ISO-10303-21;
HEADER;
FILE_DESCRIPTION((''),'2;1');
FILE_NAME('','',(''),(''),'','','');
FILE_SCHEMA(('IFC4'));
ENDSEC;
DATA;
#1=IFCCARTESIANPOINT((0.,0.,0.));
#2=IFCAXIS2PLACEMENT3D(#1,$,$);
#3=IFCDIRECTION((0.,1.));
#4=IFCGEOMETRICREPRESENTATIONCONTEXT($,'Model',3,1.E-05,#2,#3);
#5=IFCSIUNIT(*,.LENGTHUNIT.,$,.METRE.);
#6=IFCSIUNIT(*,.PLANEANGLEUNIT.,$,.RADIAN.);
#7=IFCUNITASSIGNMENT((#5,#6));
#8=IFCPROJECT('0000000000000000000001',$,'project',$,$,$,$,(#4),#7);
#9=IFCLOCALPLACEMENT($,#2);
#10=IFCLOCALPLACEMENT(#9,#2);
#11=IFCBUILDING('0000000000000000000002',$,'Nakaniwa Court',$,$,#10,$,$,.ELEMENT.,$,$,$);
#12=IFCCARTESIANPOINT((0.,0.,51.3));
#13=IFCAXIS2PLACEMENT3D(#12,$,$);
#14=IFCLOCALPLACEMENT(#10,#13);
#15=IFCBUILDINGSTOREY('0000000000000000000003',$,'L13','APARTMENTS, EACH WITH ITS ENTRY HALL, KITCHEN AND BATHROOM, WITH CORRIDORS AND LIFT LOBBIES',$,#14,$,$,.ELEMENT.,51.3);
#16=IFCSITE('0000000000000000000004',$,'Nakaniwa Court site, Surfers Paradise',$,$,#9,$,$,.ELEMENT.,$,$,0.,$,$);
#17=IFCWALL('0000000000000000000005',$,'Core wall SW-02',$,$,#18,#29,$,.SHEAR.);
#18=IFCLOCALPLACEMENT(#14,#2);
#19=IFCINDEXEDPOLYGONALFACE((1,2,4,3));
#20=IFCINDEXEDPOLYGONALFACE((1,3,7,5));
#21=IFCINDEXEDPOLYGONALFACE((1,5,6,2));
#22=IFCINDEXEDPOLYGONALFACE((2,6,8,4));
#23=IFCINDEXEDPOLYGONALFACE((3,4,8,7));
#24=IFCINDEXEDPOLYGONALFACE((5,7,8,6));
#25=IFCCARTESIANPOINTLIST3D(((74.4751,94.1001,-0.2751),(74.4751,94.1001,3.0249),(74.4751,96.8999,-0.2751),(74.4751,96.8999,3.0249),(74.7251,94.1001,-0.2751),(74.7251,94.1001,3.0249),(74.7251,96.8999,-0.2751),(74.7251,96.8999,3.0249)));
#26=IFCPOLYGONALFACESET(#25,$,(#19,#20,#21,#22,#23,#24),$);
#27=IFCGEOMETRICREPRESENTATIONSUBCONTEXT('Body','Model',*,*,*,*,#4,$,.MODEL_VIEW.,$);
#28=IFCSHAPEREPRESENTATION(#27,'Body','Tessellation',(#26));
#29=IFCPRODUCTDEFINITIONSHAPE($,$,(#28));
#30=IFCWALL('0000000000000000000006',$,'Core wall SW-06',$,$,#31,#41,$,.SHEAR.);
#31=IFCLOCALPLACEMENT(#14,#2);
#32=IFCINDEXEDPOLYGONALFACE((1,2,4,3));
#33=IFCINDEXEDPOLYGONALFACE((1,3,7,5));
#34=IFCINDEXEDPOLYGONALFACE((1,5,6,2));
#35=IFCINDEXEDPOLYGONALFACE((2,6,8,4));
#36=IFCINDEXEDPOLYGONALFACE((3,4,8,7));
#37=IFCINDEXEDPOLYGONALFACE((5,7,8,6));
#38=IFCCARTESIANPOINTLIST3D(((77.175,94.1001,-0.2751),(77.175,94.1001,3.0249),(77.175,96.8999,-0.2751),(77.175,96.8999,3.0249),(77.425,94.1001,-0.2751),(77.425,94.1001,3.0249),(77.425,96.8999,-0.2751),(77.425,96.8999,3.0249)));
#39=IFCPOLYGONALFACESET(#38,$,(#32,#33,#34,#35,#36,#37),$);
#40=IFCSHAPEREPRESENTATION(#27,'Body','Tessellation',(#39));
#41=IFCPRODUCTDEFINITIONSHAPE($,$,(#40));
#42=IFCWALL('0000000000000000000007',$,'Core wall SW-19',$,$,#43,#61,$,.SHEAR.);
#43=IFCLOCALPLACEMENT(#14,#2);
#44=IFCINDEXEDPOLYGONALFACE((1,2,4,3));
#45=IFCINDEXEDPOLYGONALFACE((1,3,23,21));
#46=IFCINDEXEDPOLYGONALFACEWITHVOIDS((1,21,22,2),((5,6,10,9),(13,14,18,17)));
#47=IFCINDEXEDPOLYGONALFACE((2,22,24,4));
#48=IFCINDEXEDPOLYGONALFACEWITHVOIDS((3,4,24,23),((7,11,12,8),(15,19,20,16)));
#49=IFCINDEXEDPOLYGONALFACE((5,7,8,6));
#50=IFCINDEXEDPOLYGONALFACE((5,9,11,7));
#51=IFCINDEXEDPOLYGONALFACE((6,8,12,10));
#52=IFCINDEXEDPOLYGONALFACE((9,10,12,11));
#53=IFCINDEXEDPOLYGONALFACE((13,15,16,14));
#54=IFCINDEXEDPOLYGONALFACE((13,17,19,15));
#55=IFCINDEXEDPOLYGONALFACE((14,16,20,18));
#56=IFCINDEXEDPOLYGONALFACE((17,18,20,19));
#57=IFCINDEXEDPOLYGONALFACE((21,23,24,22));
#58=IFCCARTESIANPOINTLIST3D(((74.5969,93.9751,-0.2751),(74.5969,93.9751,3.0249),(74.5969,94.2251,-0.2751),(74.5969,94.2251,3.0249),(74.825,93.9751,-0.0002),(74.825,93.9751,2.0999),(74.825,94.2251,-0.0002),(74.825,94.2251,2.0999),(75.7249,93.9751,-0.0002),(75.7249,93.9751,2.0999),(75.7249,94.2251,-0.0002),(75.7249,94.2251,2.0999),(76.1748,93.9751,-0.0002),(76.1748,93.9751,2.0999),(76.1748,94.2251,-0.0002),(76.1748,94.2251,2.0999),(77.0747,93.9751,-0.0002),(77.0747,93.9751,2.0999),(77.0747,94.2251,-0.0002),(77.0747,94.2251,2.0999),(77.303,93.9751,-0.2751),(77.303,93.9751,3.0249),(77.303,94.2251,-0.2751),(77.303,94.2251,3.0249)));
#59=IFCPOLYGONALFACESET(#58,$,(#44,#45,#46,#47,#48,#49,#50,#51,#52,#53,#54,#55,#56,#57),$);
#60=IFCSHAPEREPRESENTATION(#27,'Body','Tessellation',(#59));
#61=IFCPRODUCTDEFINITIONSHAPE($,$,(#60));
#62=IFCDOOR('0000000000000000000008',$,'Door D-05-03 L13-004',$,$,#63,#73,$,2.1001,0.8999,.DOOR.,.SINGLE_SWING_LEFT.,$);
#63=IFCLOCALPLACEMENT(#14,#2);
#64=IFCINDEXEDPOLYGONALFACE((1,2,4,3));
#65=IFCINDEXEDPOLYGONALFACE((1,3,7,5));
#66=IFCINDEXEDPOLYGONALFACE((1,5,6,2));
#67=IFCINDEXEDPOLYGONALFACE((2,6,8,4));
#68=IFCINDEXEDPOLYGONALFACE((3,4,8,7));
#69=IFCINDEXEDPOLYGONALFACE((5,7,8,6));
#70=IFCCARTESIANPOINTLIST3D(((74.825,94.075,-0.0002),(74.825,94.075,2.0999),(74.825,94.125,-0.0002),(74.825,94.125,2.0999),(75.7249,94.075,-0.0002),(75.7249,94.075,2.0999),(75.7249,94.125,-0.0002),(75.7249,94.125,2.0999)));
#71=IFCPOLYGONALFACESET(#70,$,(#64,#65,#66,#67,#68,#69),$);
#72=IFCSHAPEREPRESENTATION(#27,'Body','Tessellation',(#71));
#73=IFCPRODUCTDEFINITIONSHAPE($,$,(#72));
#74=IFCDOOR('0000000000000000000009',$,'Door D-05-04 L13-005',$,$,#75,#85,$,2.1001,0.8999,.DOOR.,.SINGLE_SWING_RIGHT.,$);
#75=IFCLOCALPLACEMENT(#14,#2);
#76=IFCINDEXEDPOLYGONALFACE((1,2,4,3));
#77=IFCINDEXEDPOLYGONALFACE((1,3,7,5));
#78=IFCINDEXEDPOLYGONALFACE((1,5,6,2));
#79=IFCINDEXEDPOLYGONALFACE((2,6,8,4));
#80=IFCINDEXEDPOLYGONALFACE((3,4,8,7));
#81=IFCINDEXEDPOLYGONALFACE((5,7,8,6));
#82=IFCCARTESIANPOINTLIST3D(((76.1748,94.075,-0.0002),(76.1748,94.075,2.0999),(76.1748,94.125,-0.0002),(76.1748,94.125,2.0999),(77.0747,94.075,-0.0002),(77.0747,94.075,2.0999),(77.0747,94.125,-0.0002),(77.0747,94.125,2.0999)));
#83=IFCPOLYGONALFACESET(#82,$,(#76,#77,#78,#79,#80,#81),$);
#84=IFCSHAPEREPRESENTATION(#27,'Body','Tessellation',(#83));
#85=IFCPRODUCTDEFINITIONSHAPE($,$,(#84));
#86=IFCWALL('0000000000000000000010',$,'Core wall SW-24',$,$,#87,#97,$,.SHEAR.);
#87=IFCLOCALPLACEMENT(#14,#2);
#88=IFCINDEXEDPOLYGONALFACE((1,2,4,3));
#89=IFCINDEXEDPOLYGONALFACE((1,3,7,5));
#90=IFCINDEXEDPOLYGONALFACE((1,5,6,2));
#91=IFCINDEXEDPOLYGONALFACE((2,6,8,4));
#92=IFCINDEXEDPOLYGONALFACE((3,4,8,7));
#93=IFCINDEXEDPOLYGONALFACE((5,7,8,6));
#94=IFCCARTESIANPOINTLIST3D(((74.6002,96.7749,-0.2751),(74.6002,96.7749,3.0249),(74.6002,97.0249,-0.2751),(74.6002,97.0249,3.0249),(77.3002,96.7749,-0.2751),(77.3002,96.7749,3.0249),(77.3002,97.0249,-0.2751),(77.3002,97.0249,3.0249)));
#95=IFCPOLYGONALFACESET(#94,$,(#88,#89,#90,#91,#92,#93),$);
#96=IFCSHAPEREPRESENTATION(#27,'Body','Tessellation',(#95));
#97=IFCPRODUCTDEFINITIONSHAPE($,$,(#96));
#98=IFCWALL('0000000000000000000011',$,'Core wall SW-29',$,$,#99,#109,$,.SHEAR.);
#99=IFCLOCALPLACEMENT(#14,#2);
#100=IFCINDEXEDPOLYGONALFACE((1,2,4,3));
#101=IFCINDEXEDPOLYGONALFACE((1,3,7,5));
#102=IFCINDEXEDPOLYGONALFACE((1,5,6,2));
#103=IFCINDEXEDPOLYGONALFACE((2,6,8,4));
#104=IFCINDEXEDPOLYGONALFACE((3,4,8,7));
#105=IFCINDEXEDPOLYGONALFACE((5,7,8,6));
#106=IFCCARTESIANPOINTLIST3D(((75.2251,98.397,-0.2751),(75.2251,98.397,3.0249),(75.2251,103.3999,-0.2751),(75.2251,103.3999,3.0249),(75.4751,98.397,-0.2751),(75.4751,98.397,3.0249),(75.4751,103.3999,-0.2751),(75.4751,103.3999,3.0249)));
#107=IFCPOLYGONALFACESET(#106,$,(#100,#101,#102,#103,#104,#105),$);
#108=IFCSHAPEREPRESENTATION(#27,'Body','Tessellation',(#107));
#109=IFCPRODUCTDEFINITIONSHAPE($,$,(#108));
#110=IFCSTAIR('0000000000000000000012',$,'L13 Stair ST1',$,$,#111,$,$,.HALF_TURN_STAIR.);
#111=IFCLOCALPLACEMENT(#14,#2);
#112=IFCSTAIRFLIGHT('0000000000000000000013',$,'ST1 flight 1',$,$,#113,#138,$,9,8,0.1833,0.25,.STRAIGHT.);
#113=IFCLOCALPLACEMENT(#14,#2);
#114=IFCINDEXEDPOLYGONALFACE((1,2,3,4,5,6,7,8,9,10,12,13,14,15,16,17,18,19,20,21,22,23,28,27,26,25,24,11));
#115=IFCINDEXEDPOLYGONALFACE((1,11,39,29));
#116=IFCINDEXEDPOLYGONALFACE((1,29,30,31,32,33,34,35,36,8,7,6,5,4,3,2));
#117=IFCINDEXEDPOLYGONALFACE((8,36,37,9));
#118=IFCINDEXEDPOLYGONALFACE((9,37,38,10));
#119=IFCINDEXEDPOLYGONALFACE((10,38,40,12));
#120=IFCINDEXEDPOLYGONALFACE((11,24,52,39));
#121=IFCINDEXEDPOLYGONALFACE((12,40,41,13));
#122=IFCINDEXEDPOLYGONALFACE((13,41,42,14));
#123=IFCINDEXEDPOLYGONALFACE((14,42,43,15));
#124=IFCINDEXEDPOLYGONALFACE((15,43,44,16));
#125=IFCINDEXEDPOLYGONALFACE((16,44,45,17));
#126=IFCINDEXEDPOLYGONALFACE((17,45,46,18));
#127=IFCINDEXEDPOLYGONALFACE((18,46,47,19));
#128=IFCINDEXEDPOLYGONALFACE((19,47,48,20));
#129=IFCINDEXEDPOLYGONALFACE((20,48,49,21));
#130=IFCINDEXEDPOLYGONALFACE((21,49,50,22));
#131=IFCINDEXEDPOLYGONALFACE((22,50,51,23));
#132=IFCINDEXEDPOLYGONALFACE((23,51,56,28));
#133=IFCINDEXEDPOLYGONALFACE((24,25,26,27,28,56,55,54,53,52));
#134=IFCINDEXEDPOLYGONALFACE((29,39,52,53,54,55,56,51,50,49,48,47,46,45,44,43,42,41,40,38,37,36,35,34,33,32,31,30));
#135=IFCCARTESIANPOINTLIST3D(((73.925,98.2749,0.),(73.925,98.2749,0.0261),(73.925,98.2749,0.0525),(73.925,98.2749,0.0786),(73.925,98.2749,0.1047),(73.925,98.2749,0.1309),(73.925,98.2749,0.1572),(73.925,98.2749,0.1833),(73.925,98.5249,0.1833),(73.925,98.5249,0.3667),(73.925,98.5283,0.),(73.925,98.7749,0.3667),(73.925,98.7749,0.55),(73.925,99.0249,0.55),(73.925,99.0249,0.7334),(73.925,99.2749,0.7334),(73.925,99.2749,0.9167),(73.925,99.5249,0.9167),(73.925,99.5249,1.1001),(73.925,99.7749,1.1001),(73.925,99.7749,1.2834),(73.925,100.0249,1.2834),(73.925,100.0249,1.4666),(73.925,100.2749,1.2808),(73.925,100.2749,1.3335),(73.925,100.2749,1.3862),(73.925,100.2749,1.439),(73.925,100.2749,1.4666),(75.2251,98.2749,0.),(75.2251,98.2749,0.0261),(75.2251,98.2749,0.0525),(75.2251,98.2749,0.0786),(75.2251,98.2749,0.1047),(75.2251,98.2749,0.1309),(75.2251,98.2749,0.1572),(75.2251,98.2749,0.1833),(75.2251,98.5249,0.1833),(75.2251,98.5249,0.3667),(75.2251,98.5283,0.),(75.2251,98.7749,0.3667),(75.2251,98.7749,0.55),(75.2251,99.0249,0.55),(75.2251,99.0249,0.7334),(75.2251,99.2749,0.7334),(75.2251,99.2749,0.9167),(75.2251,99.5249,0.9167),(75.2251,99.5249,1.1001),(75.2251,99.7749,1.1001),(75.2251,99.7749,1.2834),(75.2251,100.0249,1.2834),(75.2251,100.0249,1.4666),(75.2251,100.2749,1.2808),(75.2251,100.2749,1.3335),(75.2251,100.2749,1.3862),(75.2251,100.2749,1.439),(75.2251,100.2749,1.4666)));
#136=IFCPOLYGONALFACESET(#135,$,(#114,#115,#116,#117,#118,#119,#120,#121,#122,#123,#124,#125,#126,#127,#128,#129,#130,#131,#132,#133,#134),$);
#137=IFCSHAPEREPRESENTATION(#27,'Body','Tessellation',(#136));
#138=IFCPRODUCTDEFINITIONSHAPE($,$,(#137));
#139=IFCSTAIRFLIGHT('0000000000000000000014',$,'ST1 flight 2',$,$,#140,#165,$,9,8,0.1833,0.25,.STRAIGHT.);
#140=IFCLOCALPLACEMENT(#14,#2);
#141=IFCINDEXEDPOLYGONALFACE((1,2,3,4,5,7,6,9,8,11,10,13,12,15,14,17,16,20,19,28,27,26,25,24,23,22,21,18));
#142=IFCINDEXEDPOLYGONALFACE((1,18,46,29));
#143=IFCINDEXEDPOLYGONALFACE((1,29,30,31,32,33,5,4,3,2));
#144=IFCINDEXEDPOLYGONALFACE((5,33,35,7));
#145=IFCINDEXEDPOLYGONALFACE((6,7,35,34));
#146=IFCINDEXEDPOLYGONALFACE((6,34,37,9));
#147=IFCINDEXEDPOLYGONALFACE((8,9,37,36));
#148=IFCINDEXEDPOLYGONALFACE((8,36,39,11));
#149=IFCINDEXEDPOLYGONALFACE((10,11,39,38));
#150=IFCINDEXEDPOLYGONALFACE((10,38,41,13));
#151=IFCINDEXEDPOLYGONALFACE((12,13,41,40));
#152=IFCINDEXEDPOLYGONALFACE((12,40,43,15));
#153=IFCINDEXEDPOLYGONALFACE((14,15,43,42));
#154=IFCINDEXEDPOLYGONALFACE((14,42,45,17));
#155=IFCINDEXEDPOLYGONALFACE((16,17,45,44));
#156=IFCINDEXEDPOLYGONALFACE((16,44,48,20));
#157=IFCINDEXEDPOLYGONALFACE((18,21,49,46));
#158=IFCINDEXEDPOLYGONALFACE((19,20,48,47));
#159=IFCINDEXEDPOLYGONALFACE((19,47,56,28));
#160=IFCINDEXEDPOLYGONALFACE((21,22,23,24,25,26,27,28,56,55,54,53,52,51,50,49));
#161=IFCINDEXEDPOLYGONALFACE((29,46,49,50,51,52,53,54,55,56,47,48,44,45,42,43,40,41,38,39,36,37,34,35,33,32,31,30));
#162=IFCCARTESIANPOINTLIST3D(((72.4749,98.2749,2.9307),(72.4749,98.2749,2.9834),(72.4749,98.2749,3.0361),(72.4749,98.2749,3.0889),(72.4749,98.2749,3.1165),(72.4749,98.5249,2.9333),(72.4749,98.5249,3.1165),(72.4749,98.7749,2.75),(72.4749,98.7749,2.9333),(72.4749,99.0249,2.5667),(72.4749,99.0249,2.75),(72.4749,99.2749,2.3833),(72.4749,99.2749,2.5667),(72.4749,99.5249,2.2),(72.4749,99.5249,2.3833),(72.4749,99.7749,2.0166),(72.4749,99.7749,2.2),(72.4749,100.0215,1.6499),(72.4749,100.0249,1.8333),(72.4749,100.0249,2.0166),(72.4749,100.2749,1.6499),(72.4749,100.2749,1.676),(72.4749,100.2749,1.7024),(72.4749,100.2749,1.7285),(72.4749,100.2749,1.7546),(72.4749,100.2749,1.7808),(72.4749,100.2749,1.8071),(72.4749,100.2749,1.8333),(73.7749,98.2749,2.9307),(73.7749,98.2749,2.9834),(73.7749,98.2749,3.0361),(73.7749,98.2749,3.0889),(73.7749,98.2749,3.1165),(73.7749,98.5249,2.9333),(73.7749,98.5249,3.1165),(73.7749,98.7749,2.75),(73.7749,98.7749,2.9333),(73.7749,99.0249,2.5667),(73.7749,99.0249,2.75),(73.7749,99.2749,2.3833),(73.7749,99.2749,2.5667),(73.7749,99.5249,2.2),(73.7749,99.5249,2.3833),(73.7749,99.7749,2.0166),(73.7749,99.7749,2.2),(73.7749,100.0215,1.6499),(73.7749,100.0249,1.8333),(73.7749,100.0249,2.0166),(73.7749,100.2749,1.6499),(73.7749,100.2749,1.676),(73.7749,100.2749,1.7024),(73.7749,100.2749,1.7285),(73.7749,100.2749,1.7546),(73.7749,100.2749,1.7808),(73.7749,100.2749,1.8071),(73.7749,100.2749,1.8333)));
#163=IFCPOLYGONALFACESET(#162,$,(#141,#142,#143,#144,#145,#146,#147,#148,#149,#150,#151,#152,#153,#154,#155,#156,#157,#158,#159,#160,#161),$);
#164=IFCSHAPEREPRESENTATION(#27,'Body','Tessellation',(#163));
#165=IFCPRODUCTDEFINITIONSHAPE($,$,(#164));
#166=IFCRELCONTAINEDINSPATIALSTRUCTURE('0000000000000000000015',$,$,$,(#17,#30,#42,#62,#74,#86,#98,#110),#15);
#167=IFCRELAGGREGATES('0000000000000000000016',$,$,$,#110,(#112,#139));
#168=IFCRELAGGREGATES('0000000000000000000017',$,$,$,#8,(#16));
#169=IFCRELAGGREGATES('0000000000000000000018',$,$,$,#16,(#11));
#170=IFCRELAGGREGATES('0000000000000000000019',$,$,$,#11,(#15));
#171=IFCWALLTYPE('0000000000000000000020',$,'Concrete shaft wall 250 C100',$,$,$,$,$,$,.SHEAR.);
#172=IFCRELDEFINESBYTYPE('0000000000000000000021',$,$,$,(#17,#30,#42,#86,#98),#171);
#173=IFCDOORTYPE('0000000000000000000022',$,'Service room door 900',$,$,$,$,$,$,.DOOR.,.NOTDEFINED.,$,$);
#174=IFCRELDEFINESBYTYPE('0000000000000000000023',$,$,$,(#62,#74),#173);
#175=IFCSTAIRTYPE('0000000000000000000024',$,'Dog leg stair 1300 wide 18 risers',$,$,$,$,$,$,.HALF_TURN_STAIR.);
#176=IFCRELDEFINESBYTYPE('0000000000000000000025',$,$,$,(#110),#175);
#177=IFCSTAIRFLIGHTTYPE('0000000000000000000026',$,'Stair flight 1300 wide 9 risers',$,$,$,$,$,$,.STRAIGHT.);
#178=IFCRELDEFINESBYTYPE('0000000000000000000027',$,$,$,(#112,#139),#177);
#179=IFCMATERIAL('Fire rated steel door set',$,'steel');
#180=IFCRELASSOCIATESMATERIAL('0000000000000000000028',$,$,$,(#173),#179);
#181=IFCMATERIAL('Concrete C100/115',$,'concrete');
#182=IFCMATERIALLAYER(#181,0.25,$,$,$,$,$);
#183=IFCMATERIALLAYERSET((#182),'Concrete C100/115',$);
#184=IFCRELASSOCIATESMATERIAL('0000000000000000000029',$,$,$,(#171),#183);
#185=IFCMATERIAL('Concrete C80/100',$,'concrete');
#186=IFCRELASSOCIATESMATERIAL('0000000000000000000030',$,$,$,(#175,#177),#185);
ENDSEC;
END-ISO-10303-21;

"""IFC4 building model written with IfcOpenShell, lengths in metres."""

from ifc_helpers import new_model, si_unit, direction, frame, frame_2d, origin, place, context, subcontext, project, spatial, polyline, rectangle, outline, extrude, material, layer, layer_set, type_object, element, fill, aggregate, save


model = new_model("IFC4")

# Units and contexts
model_context = context("Model", 3, precision=1e-05, world=origin(), true_north=direction((0.0, 1.0)))
body_context = subcontext(model_context, "Body", "Model", "MODEL_VIEW")
ifc_project = project(units=[si_unit("LENGTHUNIT", "METRE"), si_unit("PLANEANGLEUNIT", "RADIAN")], contexts=[model_context])

# Site, building, storey
site_placement = place(None, origin())
site = spatial("IfcSite", under=ifc_project, at=site_placement, Name="Nakaniwa Court site, Surfers Paradise", CompositionType="ELEMENT", RefElevation=0.0)
building_placement = place(site_placement, origin())
building = spatial("IfcBuilding", under=site, at=building_placement, Name="Nakaniwa Court", CompositionType="ELEMENT")
storey_placement = place(building_placement, frame((0.0, 0.0, 51.3)))
storey = spatial("IfcBuildingStorey", under=building, at=storey_placement, Name="L13", Description="APARTMENTS, EACH WITH ITS ENTRY HALL, KITCHEN AND BATHROOM, WITH CORRIDORS AND LIFT LOBBIES", CompositionType="ELEMENT", Elevation=51.3)

# Shared definitions
ifc_material_1 = material(Name="Concrete C80/100", Category="concrete")

# Shared definitions
ifc_material_2 = material(Name="Fire rated steel door set", Category="steel")
door_type_1 = type_object("IfcDoorType", Name="Service room door 900", OperationType="NOTDEFINED", PredefinedType="DOOR", material=ifc_material_2)

# Shared definitions
ifc_material_3 = material(Name="Concrete C100/115", Category="concrete")

# Walls
ifc_layer_1 = layer(ifc_material_3, 0.25)
ifc_layer_set_1 = layer_set([ifc_layer_1], Name="Concrete C100/115")
wall_type_1 = type_object("IfcWallType", Name="Concrete shaft wall 250 C100", PredefinedType="SHEAR", material=ifc_layer_set_1)
for number, where, z_axis, x_axis, name in (
    (1, (74.6001, 94.1001, -0.2751), (0.0, 0.0, 1.0), (0.0, 1.0, 0.0), "Core wall SW-02"),
    (2, (77.3, 94.1001, -0.2751), (0.0, 0.0, 1.0), (0.0, 1.0, 0.0), "Core wall SW-06"),
):
    element("IfcWall", number, at=place(storey_placement, frame(where, z_axis=z_axis, x_axis=x_axis)), inside=storey, type_object=wall_type_1, Name=name, PredefinedType="SHEAR", context=body_context, shape_type="SweptSolid", body=[
        extrude(rectangle(XDim=2.7998, YDim=0.25, at=frame_2d((1.3999, 0.0))), origin(), (0.0, 0.0, 1.0), 3.3),
    ])

# Wall, openings, doors
wall_1_placement = place(storey_placement, frame((74.5969, 94.1001, -0.2751), z_axis=(0.0, 0.0, 1.0), x_axis=(1.0, 0.0, 0.0)))
wall_1 = element("IfcWall", 3, at=wall_1_placement, inside=storey, type_object=wall_type_1, Name="Core wall SW-19", PredefinedType="SHEAR", context=body_context, shape_type="SweptSolid", body=[
    extrude(rectangle(XDim=2.7061, YDim=0.25, at=frame_2d((1.353, 0.0))), origin(), (0.0, 0.0, 1.0), 3.3),
])
opening_1_placement = place(wall_1_placement, frame((0.228, 0.0, 0.2749)))
opening_1 = element("IfcOpeningElement", 4, at=opening_1_placement, cuts=wall_1, PredefinedType="OPENING", context=body_context, shape_type="SweptSolid", body=[
    extrude(rectangle(XDim=0.8999, YDim=2.1001, at=frame_2d((0.45, 1.05))), frame((0.0, 0.135, 0.0), z_axis=(0.0, -1.0, 0.0), x_axis=(1.0, 0.0, 0.0)), (0.0, 0.0, 1.0), 0.27),
])
opening_2_placement = place(wall_1_placement, frame((1.5779, 0.0, 0.2749)))
opening_2 = element("IfcOpeningElement", 5, at=opening_2_placement, cuts=wall_1, PredefinedType="OPENING", context=body_context, shape_type="SweptSolid", body=[
    extrude(rectangle(XDim=0.8999, YDim=2.1001, at=frame_2d((0.45, 1.05))), frame((0.0, 0.135, 0.0), z_axis=(0.0, -1.0, 0.0), x_axis=(1.0, 0.0, 0.0)), (0.0, 0.0, 1.0), 0.27),
])
door_1_placement = place(opening_1_placement, origin())
door_1 = element("IfcDoor", 6, at=door_1_placement, inside=storey, type_object=door_type_1, Name="Door D-05-03 L13-004", OperationType="SINGLE_SWING_LEFT", OverallHeight=2.1001, OverallWidth=0.8999, PredefinedType="DOOR", context=body_context, shape_type="SweptSolid", body=[
    extrude(rectangle(XDim=0.8999, YDim=2.1001, at=frame_2d((0.45, 1.05))), frame((0.0, 0.0249, 0.0), z_axis=(0.0, -1.0, 0.0), x_axis=(1.0, 0.0, 0.0)), (0.0, 0.0, 1.0), 0.05),
])
fill(opening_1, door_1)
door_2_placement = place(opening_2_placement, origin())
door_2 = element("IfcDoor", 7, at=door_2_placement, inside=storey, type_object=door_type_1, Name="Door D-05-04 L13-005", OperationType="SINGLE_SWING_RIGHT", OverallHeight=2.1001, OverallWidth=0.8999, PredefinedType="DOOR", context=body_context, shape_type="SweptSolid", body=[
    extrude(rectangle(XDim=0.8999, YDim=2.1001, at=frame_2d((0.45, 1.05))), frame((0.0, 0.0249, 0.0), z_axis=(0.0, -1.0, 0.0), x_axis=(1.0, 0.0, 0.0)), (0.0, 0.0, 1.0), 0.05),
])
fill(opening_2, door_2)

# Walls
wall_2_placement = place(storey_placement, frame((74.6001, 96.8999, -0.2751), z_axis=(0.0, 0.0, 1.0), x_axis=(1.0, 0.0, 0.0)))
element("IfcWall", 8, at=wall_2_placement, inside=storey, type_object=wall_type_1, Name="Core wall SW-24", PredefinedType="SHEAR", context=body_context, shape_type="SweptSolid", body=[
    extrude(rectangle(XDim=2.7, YDim=0.25, at=frame_2d((1.3501, 0.0))), origin(), (0.0, 0.0, 1.0), 3.3),
])
wall_3_placement = place(storey_placement, frame((75.3501, 98.397, -0.2751), z_axis=(0.0, 0.0, 1.0), x_axis=(0.0, 1.0, 0.0)))
element("IfcWall", 9, at=wall_3_placement, inside=storey, type_object=wall_type_1, Name="Core wall SW-29", PredefinedType="SHEAR", context=body_context, shape_type="SweptSolid", body=[
    extrude(rectangle(XDim=5.0029, YDim=0.25, at=frame_2d((2.5015, 0.0))), origin(), (0.0, 0.0, 1.0), 3.3),
])

# Stair, stair flights
stair_type = type_object("IfcStairType", Name="Dog leg stair 1300 wide 18 risers", PredefinedType="HALF_TURN_STAIR", material=ifc_material_1)
stair_placement = place(storey_placement, origin())
stair = element("IfcStair", 10, at=stair_placement, inside=storey, type_object=stair_type, Name="L13 Stair ST1", PredefinedType="HALF_TURN_STAIR")
stair_flight_type = type_object("IfcStairFlightType", Name="Stair flight 1300 wide 9 risers", PredefinedType="STRAIGHT", material=ifc_material_1)
stair_flight_1_placement = place(storey_placement, frame((74.575, 98.2749, 0.0), z_axis=(0.0, 0.0, 1.0), x_axis=(0.0, 1.0, 0.0)))
stair_flight_1 = element("IfcStairFlight", 11, at=stair_flight_1_placement, type_object=stair_flight_type, Name="ST1 flight 1", NumberOfRisers=9, NumberOfTreads=8, PredefinedType="STRAIGHT", RiserHeight=0.1833, TreadLength=0.25, context=body_context, shape_type="SweptSolid", body=[
    extrude(outline(polyline([(0.0, 0.0), (0.0, 0.0261), (0.0, 0.0525), (0.0, 0.0786), (0.0, 0.1047), (0.0, 0.1309), (0.0, 0.1572), (0.0, 0.1833), (0.25, 0.1833), (0.25, 0.3667), (0.5, 0.3667), (0.5, 0.55), (0.75, 0.55), (0.75, 0.7334), (1.0, 0.7334), (1.0, 0.9167), (1.25, 0.9167), (1.25, 1.1001), (1.5, 1.1001), (1.5, 1.2834), (1.75, 1.2834), (1.75, 1.4666), (2.0, 1.4666), (2.0, 1.6499), (2.0, 1.5972), (2.0, 1.5444), (2.0, 1.4917), (2.0, 1.439), (2.0, 1.3862), (2.0, 1.3335), (2.0, 1.2808), (0.2534, 0.0), (0.0, 0.0)])), frame((0.0, 0.6499, 0.0), z_axis=(0.0, -1.0, 0.0), x_axis=(1.0, 0.0, 0.0)), (0.0, 0.0, 1.0), 1.3),
])
stair_flight_2_placement = place(storey_placement, frame((73.125, 100.2749, 1.6499), z_axis=(0.0, 0.0, 1.0), x_axis=(0.0, -1.0, 0.0)))
stair_flight_2 = element("IfcStairFlight", 12, at=stair_flight_2_placement, type_object=stair_flight_type, Name="ST1 flight 2", NumberOfRisers=9, NumberOfTreads=8, PredefinedType="STRAIGHT", RiserHeight=0.1833, TreadLength=0.25, context=body_context, shape_type="SweptSolid", body=[
    extrude(outline(polyline([(0.0, 0.0), (0.0, 0.0261), (0.0, 0.0525), (0.0, 0.0786), (0.0, 0.1047), (0.0, 0.1309), (0.0, 0.1572), (0.0, 0.1833), (0.25, 0.1833), (0.25, 0.3667), (0.5, 0.3667), (0.5, 0.55), (0.75, 0.55), (0.75, 0.7334), (1.0, 0.7334), (1.0, 0.9167), (1.25, 0.9167), (1.25, 1.1001), (1.5, 1.1001), (1.5, 1.2834), (1.75, 1.2834), (1.75, 1.4666), (2.0, 1.4666), (2.0, 1.6499), (2.0, 1.5972), (2.0, 1.5444), (2.0, 1.4917), (2.0, 1.439), (2.0, 1.3862), (2.0, 1.3335), (2.0, 1.2808), (0.2534, 0.0), (0.0, 0.0)])), frame((0.0, 0.6499, 0.0), z_axis=(0.0, -1.0, 0.0), x_axis=(1.0, 0.0, 0.0)), (0.0, 0.0, 1.0), 1.3),
])
aggregate(stair, [stair_flight_1, stair_flight_2])

save(model, "model.ifc")
